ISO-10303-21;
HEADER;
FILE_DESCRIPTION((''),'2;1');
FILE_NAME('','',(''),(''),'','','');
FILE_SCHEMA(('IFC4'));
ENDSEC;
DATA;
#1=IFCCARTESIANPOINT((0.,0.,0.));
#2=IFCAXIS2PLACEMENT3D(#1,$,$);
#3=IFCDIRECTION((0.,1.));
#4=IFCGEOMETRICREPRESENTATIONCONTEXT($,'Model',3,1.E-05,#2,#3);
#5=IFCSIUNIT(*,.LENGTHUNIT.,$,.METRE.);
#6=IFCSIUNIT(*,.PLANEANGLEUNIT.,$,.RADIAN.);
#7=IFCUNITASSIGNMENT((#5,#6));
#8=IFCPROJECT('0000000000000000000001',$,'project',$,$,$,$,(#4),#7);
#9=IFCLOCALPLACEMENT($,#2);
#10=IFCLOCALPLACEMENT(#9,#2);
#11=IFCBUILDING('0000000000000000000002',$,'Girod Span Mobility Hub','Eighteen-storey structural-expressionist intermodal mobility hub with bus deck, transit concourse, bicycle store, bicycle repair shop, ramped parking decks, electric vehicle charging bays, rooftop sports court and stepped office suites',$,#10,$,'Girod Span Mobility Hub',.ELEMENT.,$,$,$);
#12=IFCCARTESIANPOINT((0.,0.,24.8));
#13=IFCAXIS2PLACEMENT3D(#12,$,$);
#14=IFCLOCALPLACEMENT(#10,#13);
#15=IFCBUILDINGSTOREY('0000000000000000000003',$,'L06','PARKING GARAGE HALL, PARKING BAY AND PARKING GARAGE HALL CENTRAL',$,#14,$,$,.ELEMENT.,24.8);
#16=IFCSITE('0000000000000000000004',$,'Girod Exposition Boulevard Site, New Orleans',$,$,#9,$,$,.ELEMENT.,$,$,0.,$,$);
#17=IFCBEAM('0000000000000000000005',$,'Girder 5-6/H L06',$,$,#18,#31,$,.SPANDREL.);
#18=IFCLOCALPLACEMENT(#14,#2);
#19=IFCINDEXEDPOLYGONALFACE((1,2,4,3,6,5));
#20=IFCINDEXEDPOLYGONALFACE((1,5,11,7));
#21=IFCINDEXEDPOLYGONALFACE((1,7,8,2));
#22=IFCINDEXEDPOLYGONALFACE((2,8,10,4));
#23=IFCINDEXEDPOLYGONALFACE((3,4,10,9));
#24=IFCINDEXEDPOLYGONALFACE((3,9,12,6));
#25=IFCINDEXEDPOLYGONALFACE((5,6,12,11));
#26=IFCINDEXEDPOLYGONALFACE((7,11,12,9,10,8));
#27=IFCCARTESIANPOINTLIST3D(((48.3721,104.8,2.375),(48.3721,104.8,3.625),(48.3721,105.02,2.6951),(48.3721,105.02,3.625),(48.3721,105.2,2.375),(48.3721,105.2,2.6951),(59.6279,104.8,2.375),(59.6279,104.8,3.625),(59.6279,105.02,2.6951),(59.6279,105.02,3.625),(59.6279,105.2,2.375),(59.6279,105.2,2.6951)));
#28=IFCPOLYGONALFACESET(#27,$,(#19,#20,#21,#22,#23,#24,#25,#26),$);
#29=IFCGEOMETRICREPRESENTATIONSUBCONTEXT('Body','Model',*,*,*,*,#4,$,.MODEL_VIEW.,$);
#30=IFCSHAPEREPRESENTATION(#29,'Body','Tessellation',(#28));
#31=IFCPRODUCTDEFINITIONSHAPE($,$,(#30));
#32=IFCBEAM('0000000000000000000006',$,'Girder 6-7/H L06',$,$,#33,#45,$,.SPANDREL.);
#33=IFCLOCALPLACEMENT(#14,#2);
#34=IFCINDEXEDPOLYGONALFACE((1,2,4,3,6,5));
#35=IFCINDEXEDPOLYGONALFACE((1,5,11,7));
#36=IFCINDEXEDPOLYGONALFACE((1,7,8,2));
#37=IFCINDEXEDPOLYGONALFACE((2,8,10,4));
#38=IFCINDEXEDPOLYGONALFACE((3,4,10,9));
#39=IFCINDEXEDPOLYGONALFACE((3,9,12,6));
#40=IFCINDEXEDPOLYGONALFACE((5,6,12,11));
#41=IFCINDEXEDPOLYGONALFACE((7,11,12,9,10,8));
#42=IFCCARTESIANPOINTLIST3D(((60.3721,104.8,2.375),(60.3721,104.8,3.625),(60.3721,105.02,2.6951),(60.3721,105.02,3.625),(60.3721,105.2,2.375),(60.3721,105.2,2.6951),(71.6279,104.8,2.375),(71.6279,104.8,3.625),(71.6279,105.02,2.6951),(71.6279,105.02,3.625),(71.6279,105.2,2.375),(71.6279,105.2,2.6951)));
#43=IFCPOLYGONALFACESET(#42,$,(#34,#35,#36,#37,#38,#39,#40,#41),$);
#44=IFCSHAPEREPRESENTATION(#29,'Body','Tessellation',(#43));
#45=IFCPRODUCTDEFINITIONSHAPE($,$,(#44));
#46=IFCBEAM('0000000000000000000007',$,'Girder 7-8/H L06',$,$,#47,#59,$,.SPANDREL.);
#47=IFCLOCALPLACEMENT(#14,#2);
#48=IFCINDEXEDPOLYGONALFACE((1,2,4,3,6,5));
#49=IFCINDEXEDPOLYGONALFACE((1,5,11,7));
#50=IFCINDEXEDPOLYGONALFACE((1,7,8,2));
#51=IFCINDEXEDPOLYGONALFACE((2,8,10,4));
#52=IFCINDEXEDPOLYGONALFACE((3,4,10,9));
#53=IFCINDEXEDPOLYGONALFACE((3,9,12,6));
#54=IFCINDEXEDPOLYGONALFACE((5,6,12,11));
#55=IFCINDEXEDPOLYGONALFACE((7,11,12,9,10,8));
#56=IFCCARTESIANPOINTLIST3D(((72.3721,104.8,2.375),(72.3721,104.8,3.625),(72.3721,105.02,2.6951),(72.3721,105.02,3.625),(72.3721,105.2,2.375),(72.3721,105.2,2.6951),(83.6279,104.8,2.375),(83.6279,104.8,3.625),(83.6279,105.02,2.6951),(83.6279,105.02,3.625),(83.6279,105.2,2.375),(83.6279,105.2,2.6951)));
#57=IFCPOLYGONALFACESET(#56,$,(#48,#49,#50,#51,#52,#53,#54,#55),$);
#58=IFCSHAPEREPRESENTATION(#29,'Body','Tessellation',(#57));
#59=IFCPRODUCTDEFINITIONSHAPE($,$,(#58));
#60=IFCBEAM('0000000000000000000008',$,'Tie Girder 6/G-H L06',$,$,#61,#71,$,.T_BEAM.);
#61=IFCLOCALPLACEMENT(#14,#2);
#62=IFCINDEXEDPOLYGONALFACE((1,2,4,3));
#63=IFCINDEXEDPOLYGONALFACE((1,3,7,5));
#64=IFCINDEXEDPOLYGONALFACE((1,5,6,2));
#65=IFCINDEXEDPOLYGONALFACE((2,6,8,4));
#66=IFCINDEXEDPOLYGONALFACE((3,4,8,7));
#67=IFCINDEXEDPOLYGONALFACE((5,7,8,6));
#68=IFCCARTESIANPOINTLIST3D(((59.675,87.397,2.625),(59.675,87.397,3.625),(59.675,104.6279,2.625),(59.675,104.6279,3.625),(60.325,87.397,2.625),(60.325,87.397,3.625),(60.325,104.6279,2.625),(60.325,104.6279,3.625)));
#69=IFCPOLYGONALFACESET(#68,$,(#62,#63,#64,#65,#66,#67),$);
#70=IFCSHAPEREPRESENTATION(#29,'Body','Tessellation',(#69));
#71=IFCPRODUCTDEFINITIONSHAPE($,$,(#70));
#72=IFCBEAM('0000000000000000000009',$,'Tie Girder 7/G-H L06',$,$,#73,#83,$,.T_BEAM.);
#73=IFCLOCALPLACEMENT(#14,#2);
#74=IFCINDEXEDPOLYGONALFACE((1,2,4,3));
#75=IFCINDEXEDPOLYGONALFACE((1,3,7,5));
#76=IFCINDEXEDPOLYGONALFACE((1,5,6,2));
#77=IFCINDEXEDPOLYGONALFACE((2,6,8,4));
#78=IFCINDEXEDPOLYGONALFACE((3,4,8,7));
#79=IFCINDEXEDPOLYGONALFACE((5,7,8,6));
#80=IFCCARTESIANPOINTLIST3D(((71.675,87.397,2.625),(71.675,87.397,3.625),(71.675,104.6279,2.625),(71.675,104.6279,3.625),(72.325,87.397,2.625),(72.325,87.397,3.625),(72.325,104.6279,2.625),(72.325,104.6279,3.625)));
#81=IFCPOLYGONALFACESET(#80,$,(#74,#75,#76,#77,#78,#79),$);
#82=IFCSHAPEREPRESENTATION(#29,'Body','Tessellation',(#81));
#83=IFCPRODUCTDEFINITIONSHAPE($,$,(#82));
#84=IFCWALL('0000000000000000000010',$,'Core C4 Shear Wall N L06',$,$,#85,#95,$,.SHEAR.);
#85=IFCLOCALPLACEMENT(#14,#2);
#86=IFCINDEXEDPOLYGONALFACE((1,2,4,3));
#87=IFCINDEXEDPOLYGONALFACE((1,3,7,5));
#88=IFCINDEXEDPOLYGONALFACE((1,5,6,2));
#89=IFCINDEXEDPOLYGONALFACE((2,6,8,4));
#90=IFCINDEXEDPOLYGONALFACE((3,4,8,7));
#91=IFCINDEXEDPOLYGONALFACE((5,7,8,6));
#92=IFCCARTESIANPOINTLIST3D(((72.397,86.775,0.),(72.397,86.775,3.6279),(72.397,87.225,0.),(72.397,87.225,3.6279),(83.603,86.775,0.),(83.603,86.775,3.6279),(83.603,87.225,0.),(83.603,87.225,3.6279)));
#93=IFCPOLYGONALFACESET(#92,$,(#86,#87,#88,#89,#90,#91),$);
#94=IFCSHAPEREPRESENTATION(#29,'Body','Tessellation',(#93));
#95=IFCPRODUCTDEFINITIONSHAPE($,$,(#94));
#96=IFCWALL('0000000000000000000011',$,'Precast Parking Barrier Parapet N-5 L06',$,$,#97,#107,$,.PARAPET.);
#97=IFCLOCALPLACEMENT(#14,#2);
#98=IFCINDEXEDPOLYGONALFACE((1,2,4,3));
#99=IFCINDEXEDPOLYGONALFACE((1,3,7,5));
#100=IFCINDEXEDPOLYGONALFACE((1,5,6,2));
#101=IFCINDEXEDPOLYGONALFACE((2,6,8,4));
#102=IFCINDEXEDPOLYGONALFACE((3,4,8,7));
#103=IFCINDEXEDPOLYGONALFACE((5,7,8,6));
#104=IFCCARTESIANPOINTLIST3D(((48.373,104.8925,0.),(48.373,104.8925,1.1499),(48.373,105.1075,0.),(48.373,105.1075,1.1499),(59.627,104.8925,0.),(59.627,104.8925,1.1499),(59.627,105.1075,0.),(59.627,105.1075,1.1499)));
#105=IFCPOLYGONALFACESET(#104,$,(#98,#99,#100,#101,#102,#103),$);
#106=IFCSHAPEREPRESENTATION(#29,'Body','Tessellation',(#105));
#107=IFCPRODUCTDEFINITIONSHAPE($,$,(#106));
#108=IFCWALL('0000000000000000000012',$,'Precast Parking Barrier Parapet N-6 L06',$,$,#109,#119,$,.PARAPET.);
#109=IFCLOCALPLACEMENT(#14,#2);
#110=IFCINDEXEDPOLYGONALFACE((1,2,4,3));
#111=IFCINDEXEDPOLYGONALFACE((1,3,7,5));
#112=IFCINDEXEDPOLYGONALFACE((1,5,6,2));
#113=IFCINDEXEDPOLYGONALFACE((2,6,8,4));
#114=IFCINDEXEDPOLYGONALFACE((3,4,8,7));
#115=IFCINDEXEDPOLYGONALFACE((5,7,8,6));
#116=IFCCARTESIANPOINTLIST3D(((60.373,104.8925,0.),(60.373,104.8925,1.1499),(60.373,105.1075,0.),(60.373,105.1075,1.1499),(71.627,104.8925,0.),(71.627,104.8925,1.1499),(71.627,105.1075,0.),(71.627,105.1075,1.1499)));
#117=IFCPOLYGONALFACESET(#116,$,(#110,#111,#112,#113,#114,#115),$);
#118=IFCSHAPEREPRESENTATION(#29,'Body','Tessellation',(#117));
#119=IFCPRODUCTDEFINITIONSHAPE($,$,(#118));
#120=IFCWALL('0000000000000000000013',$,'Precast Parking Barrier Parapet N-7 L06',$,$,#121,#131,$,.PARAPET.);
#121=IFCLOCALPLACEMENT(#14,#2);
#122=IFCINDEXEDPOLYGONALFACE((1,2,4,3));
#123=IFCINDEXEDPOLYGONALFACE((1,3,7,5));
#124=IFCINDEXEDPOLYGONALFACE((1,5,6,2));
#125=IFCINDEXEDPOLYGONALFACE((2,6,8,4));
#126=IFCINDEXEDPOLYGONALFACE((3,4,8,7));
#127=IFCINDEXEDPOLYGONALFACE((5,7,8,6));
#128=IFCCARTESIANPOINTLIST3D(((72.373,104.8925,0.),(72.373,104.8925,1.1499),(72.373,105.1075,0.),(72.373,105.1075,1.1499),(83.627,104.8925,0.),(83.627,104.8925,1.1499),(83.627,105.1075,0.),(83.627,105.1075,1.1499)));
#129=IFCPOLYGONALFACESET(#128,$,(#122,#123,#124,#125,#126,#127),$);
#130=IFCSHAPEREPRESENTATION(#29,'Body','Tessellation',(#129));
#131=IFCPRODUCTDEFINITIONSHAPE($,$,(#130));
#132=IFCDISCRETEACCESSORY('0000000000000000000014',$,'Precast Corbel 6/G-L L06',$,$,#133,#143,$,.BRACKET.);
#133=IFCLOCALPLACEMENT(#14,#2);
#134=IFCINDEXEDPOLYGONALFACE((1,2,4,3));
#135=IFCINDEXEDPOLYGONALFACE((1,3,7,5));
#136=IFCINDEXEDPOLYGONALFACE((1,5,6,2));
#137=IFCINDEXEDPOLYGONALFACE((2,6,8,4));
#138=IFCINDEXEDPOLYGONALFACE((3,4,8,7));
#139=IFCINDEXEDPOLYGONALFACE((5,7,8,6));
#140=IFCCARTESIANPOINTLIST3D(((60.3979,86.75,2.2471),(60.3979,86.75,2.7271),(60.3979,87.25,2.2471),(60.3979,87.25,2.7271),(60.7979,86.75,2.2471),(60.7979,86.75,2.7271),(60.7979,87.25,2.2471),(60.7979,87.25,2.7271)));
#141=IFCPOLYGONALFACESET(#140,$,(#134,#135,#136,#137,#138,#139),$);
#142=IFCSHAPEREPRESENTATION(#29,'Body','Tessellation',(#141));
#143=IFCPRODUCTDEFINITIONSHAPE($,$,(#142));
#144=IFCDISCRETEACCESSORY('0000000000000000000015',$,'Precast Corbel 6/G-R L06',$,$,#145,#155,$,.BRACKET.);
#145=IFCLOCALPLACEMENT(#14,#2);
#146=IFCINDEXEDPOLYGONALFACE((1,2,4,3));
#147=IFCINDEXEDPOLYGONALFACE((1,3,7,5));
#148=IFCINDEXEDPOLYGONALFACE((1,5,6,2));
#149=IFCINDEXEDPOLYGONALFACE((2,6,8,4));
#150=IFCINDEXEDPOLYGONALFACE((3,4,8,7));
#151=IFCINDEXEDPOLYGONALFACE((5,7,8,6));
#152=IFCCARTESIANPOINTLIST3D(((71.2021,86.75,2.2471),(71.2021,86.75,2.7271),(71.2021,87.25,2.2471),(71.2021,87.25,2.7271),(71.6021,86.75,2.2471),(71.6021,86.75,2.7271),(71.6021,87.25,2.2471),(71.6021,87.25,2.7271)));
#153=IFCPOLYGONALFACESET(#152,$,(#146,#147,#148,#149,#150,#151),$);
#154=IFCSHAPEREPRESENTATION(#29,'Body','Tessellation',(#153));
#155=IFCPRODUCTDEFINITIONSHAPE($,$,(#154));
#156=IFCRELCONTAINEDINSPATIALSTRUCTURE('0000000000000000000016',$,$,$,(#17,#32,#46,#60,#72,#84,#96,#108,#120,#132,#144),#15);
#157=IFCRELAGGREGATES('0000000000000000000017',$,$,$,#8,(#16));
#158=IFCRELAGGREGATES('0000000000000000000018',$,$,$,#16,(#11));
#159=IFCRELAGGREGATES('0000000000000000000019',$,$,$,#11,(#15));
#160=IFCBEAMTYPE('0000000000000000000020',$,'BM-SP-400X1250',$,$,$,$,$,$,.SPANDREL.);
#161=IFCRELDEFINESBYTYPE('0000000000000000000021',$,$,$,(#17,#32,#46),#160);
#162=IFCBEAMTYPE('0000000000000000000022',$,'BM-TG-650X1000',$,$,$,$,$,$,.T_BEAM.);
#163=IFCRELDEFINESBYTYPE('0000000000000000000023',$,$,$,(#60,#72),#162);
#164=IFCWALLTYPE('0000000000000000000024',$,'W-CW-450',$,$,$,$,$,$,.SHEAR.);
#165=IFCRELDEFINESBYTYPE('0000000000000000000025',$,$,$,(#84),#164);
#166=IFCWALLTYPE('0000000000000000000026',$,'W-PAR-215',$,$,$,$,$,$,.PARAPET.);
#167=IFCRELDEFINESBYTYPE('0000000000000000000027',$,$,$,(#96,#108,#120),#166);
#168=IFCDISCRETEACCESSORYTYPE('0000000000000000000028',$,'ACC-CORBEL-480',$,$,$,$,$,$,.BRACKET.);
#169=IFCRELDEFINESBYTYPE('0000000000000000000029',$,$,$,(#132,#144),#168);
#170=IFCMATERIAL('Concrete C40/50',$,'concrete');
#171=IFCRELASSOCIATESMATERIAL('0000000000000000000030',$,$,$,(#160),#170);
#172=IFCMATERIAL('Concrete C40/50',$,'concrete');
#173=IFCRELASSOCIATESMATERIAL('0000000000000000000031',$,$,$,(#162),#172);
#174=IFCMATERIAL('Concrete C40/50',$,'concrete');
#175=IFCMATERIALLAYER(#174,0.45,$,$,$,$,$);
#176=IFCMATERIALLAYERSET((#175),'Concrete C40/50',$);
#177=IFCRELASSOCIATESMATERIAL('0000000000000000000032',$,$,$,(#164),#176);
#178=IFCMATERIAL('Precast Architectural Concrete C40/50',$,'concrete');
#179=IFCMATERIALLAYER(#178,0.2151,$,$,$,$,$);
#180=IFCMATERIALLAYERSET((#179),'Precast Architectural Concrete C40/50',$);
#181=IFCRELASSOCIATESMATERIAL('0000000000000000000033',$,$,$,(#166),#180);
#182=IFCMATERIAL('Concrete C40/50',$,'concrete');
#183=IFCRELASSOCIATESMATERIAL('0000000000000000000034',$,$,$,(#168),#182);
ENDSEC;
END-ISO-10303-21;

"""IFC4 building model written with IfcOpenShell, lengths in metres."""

from ifc_helpers import new_model, si_unit, direction, frame, frame_2d, origin, origin_2d, place, context, subcontext, project, spatial, polyline, rectangle, outline, extrude, material, layer, layer_set, material_profile, profile_set, type_object, element, save


model = new_model("IFC4")

# Units and contexts
model_context = context("Model", 3, precision=1e-05, world=origin(), true_north=direction((0.0, 1.0)))
body_context = subcontext(model_context, "Body", "Model", "MODEL_VIEW")
ifc_project = project(units=[si_unit("LENGTHUNIT", "METRE"), si_unit("PLANEANGLEUNIT", "RADIAN")], contexts=[model_context])

# Site, building, storey
site_placement = place(None, origin())
site = spatial("IfcSite", under=ifc_project, at=site_placement, Name="Girod Exposition Boulevard Site, New Orleans", CompositionType="ELEMENT", RefElevation=0.0)
building_placement = place(site_placement, origin())
building = spatial("IfcBuilding", under=site, at=building_placement, Name="Girod Span Mobility Hub", Description="Eighteen-storey structural-expressionist intermodal mobility hub with bus deck, transit concourse, bicycle store, bicycle repair shop, ramped parking decks, electric vehicle charging bays, rooftop sports court and stepped office suites", LongName="Girod Span Mobility Hub", CompositionType="ELEMENT")
storey_placement = place(building_placement, frame((0.0, 0.0, 24.8)))
storey = spatial("IfcBuildingStorey", under=building, at=storey_placement, Name="L06", Description="PARKING GARAGE HALL, PARKING BAY AND PARKING GARAGE HALL CENTRAL", CompositionType="ELEMENT", Elevation=24.8)

# Beams
ifc_material_1 = material(Name="Concrete C40/50", Category="concrete")
ifc_material_profile_1 = material_profile(ifc_material_1, outline(polyline([(-0.2, -0.625), (0.2, -0.625), (0.2, -0.3049), (0.02, -0.3049), (0.02, 0.625), (-0.2, 0.625), (-0.2, -0.625)])), Name="SP-400X1250")
ifc_profile_set_1 = profile_set([ifc_material_profile_1], Name="Concrete C40/50")
beam_type_1 = type_object("IfcBeamType", Name="BM-SP-400X1250", PredefinedType="SPANDREL", material=ifc_profile_set_1)
for number, where, z_axis, x_axis, name in (
    (1, (48.3721, 105.0, 3.0), (1.0, 0.0, 0.0), (0.0, 1.0, 0.0), "Girder 5-6/H L06"),
    (2, (60.3721, 105.0, 3.0), (1.0, 0.0, 0.0), (0.0, 1.0, 0.0), "Girder 6-7/H L06"),
    (3, (72.3721, 105.0, 3.0), (1.0, 0.0, 0.0), (0.0, 1.0, 0.0), "Girder 7-8/H L06"),
):
    element("IfcBeam", number, at=place(storey_placement, frame(where, z_axis=z_axis, x_axis=x_axis)), inside=storey, type_object=beam_type_1, Name=name, PredefinedType="SPANDREL", context=body_context, shape_type="SweptSolid", body=[
        extrude(outline(polyline([(-0.2, -0.625), (0.2, -0.625), (0.2, -0.3049), (0.02, -0.3049), (0.02, 0.625), (-0.2, 0.625), (-0.2, -0.625)])), origin(), (0.0, 0.0, 1.0), 11.2559),
    ])
ifc_material_2 = material(Name="Concrete C40/50", Category="concrete")
ifc_material_profile_2 = material_profile(ifc_material_2, rectangle(XDim=0.6499, YDim=1.0, at=origin_2d()), Name="TG-650X1000")
ifc_profile_set_2 = profile_set([ifc_material_profile_2], Name="Concrete C40/50")
beam_type_2 = type_object("IfcBeamType", Name="BM-TG-650X1000", PredefinedType="T_BEAM", material=ifc_profile_set_2)
for number, where, z_axis, x_axis, name in (
    (4, (60.0, 87.397, 3.125), (0.0, 1.0, 0.0), (-1.0, 0.0, 0.0), "Tie Girder 6/G-H L06"),
    (5, (72.0, 87.397, 3.125), (0.0, 1.0, 0.0), (-1.0, 0.0, 0.0), "Tie Girder 7/G-H L06"),
):
    element("IfcBeam", number, at=place(storey_placement, frame(where, z_axis=z_axis, x_axis=x_axis)), inside=storey, type_object=beam_type_2, Name=name, PredefinedType="T_BEAM", context=body_context, shape_type="SweptSolid", body=[
        extrude(rectangle(XDim=0.6499, YDim=1.0, at=origin_2d()), origin(), (0.0, 0.0, 1.0), 17.231),
    ])

# Walls
ifc_material_3 = material(Name="Concrete C40/50", Category="concrete")
ifc_layer_1 = layer(ifc_material_3, 0.45)
ifc_layer_set_1 = layer_set([ifc_layer_1], Name="Concrete C40/50")
wall_type_1 = type_object("IfcWallType", Name="W-CW-450", PredefinedType="SHEAR", material=ifc_layer_set_1)
wall_placement = place(storey_placement, frame((72.397, 87.0, 0.0), z_axis=(0.0, 0.0, 1.0), x_axis=(1.0, 0.0, 0.0)))
element("IfcWall", 6, at=wall_placement, inside=storey, type_object=wall_type_1, Name="Core C4 Shear Wall N L06", PredefinedType="SHEAR", context=body_context, shape_type="SweptSolid", body=[
    extrude(rectangle(XDim=11.2061, YDim=0.45, at=frame_2d((5.603, 0.0))), origin(), (0.0, 0.0, 1.0), 3.6279),
])
ifc_material_4 = material(Name="Precast Architectural Concrete C40/50", Category="concrete")
ifc_layer_2 = layer(ifc_material_4, 0.2151)
ifc_layer_set_2 = layer_set([ifc_layer_2], Name="Precast Architectural Concrete C40/50")
wall_type_2 = type_object("IfcWallType", Name="W-PAR-215", PredefinedType="PARAPET", material=ifc_layer_set_2)
for number, where, z_axis, x_axis, name in (
    (7, (48.373, 105.0, 0.0), (0.0, 0.0, 1.0), (1.0, 0.0, 0.0), "Precast Parking Barrier Parapet N-5 L06"),
    (8, (60.373, 105.0, 0.0), (0.0, 0.0, 1.0), (1.0, 0.0, 0.0), "Precast Parking Barrier Parapet N-6 L06"),
    (9, (72.373, 105.0, 0.0), (0.0, 0.0, 1.0), (1.0, 0.0, 0.0), "Precast Parking Barrier Parapet N-7 L06"),
):
    element("IfcWall", number, at=place(storey_placement, frame(where, z_axis=z_axis, x_axis=x_axis)), inside=storey, type_object=wall_type_2, Name=name, PredefinedType="PARAPET", context=body_context, shape_type="SweptSolid", body=[
        extrude(rectangle(XDim=11.2539, YDim=0.2151, at=frame_2d((5.627, 0.0))), origin(), (0.0, 0.0, 1.0), 1.1499),
    ])

# Discrete accessories
ifc_material_5 = material(Name="Concrete C40/50", Category="concrete")
discrete_accessory_type = type_object("IfcDiscreteAccessoryType", Name="ACC-CORBEL-480", PredefinedType="BRACKET", material=ifc_material_5)
for number, where, z_axis, x_axis, name in (
    (10, (60.5979, 87.0, 2.2471), (0.0, 0.0, 1.0), (1.0, 0.0, 0.0), "Precast Corbel 6/G-L L06"),
    (11, (71.4021, 87.0, 2.2471), (0.0, 0.0, 1.0), (1.0, 0.0, 0.0), "Precast Corbel 6/G-R L06"),
):
    element("IfcDiscreteAccessory", number, at=place(storey_placement, frame(where, z_axis=z_axis, x_axis=x_axis)), inside=storey, type_object=discrete_accessory_type, Name=name, PredefinedType="BRACKET", context=body_context, shape_type="SweptSolid", body=[
        extrude(rectangle(XDim=0.3999, YDim=0.5, at=origin_2d()), origin(), (0.0, 0.0, 1.0), 0.48),
    ])

save(model, "model.ifc")
